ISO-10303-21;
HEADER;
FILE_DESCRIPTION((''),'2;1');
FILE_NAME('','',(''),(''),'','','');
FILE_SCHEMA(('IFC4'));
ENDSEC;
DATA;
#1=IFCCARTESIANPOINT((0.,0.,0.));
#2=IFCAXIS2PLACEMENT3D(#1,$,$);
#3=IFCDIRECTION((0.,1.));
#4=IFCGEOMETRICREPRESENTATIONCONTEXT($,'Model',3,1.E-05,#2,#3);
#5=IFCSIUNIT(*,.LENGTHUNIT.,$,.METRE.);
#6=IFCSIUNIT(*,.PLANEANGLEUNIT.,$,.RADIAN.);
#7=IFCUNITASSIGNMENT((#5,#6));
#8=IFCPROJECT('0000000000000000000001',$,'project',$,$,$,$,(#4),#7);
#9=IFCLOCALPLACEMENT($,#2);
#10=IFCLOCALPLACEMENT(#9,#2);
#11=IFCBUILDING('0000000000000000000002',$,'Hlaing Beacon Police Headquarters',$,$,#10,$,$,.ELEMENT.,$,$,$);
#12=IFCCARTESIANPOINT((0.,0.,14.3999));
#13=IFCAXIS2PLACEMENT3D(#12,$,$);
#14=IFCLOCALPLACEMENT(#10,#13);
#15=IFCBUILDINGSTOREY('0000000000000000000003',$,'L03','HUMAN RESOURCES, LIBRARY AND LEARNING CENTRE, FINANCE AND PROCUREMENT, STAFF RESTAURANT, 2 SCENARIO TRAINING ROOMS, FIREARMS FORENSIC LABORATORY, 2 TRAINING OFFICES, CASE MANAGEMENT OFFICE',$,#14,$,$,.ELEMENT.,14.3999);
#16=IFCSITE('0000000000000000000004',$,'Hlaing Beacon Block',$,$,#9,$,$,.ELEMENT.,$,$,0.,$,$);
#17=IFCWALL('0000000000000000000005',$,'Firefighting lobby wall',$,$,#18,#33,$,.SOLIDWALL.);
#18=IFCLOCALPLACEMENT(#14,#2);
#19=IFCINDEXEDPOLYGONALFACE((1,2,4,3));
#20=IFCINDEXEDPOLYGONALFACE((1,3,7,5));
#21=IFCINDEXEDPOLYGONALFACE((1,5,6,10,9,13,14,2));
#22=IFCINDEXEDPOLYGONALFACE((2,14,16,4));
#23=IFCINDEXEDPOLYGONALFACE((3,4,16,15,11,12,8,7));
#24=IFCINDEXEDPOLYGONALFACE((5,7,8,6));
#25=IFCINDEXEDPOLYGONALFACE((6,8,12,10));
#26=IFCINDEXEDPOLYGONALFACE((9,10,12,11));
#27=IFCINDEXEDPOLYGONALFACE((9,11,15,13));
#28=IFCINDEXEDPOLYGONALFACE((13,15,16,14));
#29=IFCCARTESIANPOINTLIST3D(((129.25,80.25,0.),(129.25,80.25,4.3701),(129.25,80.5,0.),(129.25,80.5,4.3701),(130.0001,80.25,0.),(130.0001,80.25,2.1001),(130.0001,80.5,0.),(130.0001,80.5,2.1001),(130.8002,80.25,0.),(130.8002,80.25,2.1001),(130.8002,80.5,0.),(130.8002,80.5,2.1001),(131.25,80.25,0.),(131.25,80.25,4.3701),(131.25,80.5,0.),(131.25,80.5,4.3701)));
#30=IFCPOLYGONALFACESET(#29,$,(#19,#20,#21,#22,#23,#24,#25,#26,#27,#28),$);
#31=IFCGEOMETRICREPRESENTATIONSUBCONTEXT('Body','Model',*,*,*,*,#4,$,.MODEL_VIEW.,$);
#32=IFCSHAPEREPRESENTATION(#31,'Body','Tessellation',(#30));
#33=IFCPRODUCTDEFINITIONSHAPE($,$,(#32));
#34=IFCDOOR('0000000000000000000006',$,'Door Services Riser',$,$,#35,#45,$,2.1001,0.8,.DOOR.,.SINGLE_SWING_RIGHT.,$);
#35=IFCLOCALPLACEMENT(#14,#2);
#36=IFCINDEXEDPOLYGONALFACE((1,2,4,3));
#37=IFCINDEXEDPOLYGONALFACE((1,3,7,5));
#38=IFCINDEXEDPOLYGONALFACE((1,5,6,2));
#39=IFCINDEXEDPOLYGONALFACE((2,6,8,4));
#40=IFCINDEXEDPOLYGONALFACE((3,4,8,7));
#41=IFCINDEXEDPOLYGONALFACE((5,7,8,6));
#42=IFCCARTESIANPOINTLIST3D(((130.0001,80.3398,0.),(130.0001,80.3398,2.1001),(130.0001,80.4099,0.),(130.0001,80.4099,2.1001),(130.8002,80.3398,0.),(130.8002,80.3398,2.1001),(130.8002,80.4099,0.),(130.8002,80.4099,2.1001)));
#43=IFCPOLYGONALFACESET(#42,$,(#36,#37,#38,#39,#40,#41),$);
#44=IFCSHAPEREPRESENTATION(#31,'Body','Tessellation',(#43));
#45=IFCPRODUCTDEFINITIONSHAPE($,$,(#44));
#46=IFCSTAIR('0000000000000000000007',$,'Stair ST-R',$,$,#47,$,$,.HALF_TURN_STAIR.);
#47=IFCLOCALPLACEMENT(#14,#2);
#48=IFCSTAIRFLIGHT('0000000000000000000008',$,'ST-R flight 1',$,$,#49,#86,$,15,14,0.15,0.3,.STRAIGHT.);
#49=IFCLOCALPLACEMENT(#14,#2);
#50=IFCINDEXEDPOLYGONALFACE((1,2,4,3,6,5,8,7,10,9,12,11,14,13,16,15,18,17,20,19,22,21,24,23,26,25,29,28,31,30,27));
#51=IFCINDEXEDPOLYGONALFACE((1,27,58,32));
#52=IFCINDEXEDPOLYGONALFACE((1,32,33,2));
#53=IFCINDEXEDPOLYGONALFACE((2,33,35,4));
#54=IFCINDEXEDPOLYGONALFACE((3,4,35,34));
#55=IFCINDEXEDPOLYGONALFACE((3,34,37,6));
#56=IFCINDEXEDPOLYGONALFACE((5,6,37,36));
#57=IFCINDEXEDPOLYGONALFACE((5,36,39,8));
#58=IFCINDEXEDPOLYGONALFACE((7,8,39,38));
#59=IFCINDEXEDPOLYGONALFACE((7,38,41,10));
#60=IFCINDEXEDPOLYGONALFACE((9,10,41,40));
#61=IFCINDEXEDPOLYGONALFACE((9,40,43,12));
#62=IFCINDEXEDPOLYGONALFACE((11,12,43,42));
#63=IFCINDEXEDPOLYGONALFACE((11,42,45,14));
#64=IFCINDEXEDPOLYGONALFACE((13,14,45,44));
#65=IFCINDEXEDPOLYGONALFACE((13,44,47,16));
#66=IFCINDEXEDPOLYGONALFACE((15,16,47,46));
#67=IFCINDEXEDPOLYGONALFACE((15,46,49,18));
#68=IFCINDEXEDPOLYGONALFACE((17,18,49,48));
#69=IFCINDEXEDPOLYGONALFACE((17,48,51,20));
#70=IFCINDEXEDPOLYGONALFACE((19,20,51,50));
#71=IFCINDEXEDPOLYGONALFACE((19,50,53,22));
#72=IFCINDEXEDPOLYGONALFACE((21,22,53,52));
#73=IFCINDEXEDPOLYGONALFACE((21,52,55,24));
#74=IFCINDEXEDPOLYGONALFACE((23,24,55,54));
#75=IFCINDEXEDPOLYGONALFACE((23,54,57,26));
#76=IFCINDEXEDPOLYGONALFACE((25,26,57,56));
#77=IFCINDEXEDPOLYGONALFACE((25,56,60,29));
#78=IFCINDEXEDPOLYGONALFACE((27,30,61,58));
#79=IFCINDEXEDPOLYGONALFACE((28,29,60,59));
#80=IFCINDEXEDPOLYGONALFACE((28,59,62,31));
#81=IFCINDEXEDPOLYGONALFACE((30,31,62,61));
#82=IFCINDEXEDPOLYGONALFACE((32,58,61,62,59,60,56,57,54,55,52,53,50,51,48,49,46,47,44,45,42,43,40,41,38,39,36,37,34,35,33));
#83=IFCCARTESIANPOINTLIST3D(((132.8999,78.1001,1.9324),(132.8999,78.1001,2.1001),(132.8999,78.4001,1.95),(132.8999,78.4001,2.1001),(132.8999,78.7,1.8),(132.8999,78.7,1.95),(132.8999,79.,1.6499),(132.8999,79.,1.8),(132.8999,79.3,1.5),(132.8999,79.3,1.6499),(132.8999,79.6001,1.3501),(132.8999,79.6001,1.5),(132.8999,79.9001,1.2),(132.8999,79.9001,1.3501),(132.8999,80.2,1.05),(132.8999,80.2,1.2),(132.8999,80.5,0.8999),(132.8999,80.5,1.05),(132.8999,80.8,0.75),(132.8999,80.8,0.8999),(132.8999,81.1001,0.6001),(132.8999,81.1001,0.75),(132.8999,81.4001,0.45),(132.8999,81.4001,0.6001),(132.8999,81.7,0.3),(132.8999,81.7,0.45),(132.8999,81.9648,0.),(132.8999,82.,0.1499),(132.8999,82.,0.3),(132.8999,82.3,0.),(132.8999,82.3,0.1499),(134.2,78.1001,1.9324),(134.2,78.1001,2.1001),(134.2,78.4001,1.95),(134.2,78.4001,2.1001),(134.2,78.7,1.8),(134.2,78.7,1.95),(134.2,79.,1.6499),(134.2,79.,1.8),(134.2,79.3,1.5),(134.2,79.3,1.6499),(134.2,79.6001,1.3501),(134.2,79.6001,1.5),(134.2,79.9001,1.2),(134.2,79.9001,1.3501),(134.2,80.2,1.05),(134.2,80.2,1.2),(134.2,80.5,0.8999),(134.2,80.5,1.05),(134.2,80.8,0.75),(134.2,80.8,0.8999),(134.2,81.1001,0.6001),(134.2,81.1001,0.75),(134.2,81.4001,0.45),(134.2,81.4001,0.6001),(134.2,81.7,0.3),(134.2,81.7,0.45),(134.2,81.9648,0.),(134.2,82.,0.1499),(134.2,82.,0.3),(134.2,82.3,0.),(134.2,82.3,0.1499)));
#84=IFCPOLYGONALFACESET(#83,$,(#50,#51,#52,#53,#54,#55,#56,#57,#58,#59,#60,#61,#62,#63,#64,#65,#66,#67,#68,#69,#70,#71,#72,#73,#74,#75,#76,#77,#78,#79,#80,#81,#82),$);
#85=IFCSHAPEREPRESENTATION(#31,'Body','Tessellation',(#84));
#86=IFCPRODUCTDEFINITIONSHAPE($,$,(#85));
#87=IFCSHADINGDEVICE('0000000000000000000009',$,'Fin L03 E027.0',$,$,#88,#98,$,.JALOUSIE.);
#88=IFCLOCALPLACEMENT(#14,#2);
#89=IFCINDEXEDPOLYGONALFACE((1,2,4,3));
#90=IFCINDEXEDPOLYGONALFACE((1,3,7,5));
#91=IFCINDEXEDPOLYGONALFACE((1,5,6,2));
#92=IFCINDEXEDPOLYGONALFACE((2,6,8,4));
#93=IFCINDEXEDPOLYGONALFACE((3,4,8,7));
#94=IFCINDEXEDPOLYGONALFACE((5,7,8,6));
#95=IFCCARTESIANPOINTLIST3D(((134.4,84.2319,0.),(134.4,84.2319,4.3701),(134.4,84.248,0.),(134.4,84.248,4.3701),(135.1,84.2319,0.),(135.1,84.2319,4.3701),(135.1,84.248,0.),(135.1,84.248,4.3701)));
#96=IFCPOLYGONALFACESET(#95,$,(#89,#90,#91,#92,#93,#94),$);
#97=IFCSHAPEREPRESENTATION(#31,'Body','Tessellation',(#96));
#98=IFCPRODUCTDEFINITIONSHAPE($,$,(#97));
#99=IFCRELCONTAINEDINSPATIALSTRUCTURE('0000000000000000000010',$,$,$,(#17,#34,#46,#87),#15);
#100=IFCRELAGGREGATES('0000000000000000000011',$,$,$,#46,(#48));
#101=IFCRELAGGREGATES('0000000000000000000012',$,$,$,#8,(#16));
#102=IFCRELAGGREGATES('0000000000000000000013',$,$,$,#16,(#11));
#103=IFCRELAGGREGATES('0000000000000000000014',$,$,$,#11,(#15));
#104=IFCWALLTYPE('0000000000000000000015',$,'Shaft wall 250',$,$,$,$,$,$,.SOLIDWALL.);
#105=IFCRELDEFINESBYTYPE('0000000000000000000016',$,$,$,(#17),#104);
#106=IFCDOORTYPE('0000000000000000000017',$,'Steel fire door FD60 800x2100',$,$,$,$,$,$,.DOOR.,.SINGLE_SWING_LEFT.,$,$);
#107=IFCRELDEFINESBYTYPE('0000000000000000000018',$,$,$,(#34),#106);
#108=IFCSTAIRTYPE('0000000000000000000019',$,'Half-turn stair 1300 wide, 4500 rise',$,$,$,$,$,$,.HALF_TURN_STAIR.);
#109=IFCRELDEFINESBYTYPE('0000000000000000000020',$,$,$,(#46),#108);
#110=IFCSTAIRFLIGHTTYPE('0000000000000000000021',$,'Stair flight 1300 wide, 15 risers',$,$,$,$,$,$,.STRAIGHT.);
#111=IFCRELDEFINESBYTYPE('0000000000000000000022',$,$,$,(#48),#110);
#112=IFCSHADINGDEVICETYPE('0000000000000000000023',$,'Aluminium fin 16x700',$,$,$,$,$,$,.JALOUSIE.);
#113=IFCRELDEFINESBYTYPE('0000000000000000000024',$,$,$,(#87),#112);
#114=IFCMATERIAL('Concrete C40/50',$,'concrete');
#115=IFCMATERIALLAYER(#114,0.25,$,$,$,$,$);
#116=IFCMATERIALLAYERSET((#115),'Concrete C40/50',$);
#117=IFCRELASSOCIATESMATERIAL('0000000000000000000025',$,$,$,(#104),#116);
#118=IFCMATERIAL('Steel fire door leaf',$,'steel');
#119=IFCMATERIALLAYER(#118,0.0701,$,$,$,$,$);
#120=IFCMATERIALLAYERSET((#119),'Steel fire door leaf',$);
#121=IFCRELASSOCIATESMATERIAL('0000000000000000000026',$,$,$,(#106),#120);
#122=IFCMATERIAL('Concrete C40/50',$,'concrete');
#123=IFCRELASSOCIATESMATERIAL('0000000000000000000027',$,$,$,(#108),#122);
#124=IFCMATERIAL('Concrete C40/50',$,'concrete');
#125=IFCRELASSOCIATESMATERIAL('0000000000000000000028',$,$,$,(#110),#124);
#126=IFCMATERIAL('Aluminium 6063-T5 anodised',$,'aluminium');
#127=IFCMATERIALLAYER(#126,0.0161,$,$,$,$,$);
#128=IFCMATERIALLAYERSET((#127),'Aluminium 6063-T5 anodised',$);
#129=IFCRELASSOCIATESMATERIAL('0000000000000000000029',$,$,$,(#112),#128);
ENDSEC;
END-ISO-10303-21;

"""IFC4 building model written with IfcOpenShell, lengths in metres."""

from ifc_helpers import new_model, si_unit, direction, frame, frame_2d, origin, origin_2d, place, context, subcontext, project, spatial, polyline, rectangle, outline, extrude, material, layer, layer_set, type_object, element, fill, aggregate, save


model = new_model("IFC4")

# Units and contexts
model_context = context("Model", 3, precision=1e-05, world=origin(), true_north=direction((0.0, 1.0)))
body_context = subcontext(model_context, "Body", "Model", "MODEL_VIEW")
ifc_project = project(units=[si_unit("LENGTHUNIT", "METRE"), si_unit("PLANEANGLEUNIT", "RADIAN")], contexts=[model_context])

# Site, building, storey
site_placement = place(None, origin())
site = spatial("IfcSite", under=ifc_project, at=site_placement, Name="Hlaing Beacon Block", CompositionType="ELEMENT", RefElevation=0.0)
building_placement = place(site_placement, origin())
building = spatial("IfcBuilding", under=site, at=building_placement, Name="Hlaing Beacon Police Headquarters", CompositionType="ELEMENT")
storey_placement = place(building_placement, frame((0.0, 0.0, 14.3999)))
storey = spatial("IfcBuildingStorey", under=building, at=storey_placement, Name="L03", Description="HUMAN RESOURCES, LIBRARY AND LEARNING CENTRE, FINANCE AND PROCUREMENT, STAFF RESTAURANT, 2 SCENARIO TRAINING ROOMS, FIREARMS FORENSIC LABORATORY, 2 TRAINING OFFICES, CASE MANAGEMENT OFFICE", CompositionType="ELEMENT", Elevation=14.3999)

# Wall, opening, door
ifc_material_1 = material(Name="Concrete C40/50", Category="concrete")
ifc_layer_1 = layer(ifc_material_1, 0.25)
ifc_layer_set_1 = layer_set([ifc_layer_1], Name="Concrete C40/50")
wall_type = type_object("IfcWallType", Name="Shaft wall 250", PredefinedType="SOLIDWALL", material=ifc_layer_set_1)
wall_1_placement = place(storey_placement, frame((131.25, 80.375, 0.0), z_axis=(0.0, 0.0, 1.0), x_axis=(-1.0, 0.0, 0.0)))
wall_1 = element("IfcWall", 1, at=wall_1_placement, inside=storey, type_object=wall_type, Name="Firefighting lobby wall", PredefinedType="SOLIDWALL", context=body_context, shape_type="SweptSolid", body=[
    extrude(rectangle(XDim=2.0, YDim=0.25, at=frame_2d((1.0, 0.0))), origin(), (0.0, 0.0, 1.0), 4.3701),
])
opening_1_placement = place(wall_1_placement, frame((0.45, 0.0, 0.0)))
opening_1 = element("IfcOpeningElement", 2, at=opening_1_placement, cuts=wall_1, PredefinedType="OPENING", context=body_context, shape_type="SweptSolid", body=[
    extrude(rectangle(XDim=0.8, YDim=2.1001, at=frame_2d((0.3999, 1.05))), frame((0.0, 0.135, 0.0), z_axis=(0.0, -1.0, 0.0), x_axis=(1.0, 0.0, 0.0)), (0.0, 0.0, 1.0), 0.27),
])
ifc_material_2 = material(Name="Steel fire door leaf", Category="steel")
ifc_layer_2 = layer(ifc_material_2, 0.0701)
ifc_layer_set_2 = layer_set([ifc_layer_2], Name="Steel fire door leaf")
door_type_1 = type_object("IfcDoorType", Name="Steel fire door FD60 800x2100", OperationType="SINGLE_SWING_LEFT", PredefinedType="DOOR", material=ifc_layer_set_2)
door_1_placement = place(opening_1_placement, origin())
door_1 = element("IfcDoor", 3, at=door_1_placement, inside=storey, type_object=door_type_1, Name="Door Services Riser", OperationType="SINGLE_SWING_RIGHT", OverallHeight=2.1001, OverallWidth=0.8, PredefinedType="DOOR", context=body_context, shape_type="SweptSolid", body=[
    extrude(rectangle(XDim=0.8, YDim=2.1001, at=frame_2d((0.3999, 1.05))), frame((0.0, 0.0352, 0.0), z_axis=(0.0, -1.0, 0.0), x_axis=(1.0, 0.0, 0.0)), (0.0, 0.0, 1.0), 0.0701),
])
fill(opening_1, door_1)

# Stair, stair flight
ifc_material_3 = material(Name="Concrete C40/50", Category="concrete")
stair_type = type_object("IfcStairType", Name="Half-turn stair 1300 wide, 4500 rise", PredefinedType="HALF_TURN_STAIR", material=ifc_material_3)
stair_placement = place(storey_placement, origin())
stair = element("IfcStair", 4, at=stair_placement, inside=storey, type_object=stair_type, Name="Stair ST-R", PredefinedType="HALF_TURN_STAIR")
ifc_material_4 = material(Name="Concrete C40/50", Category="concrete")
stair_flight_type = type_object("IfcStairFlightType", Name="Stair flight 1300 wide, 15 risers", PredefinedType="STRAIGHT", material=ifc_material_4)
stair_flight_placement = place(storey_placement, frame((133.55, 82.3, 0.0), z_axis=(0.0, 0.0, 1.0), x_axis=(0.0, -1.0, 0.0)))
stair_flight = element("IfcStairFlight", 5, at=stair_flight_placement, type_object=stair_flight_type, Name="ST-R flight 1", NumberOfRisers=15, NumberOfTreads=14, PredefinedType="STRAIGHT", RiserHeight=0.15, TreadLength=0.3, context=body_context, shape_type="SweptSolid", body=[
    extrude(outline(polyline([(0.0, 0.0), (0.0, 0.1499), (0.3, 0.1499), (0.3, 0.3), (0.6001, 0.3), (0.6001, 0.45), (0.8999, 0.45), (0.8999, 0.6001), (1.2, 0.6001), (1.2, 0.75), (1.5, 0.75), (1.5, 0.8999), (1.8, 0.8999), (1.8, 1.05), (2.1001, 1.05), (2.1001, 1.2), (2.3999, 1.2), (2.3999, 1.3501), (2.7, 1.3501), (2.7, 1.5), (3.0, 1.5), (3.0, 1.6499), (3.3, 1.6499), (3.3, 1.8), (3.6001, 1.8), (3.6001, 1.95), (3.8999, 1.95), (3.8999, 2.1001), (4.2, 2.1001), (4.2, 2.25), (4.2, 1.9324), (0.3352, 0.0), (0.0, 0.0)])), frame((0.0, 0.6499, 0.0), z_axis=(0.0, -1.0, 0.0), x_axis=(1.0, 0.0, 0.0)), (0.0, 0.0, 1.0), 1.3),
])
aggregate(stair, [stair_flight])

# Shading device
ifc_material_5 = material(Name="Aluminium 6063-T5 anodised", Category="aluminium")
ifc_layer_3 = layer(ifc_material_5, 0.0161)
ifc_layer_set_3 = layer_set([ifc_layer_3], Name="Aluminium 6063-T5 anodised")
shading_device_type = type_object("IfcShadingDeviceType", Name="Aluminium fin 16x700", PredefinedType="JALOUSIE", material=ifc_layer_set_3)
shading_device_placement = place(storey_placement, frame((134.75, 84.24, 0.0), z_axis=(0.0, 0.0, 1.0), x_axis=(0.0, 1.0, 0.0)))
element("IfcShadingDevice", 6, at=shading_device_placement, inside=storey, type_object=shading_device_type, Name="Fin L03 E027.0", PredefinedType="JALOUSIE", context=body_context, shape_type="SweptSolid", body=[
    extrude(rectangle(XDim=0.0161, YDim=0.7, at=origin_2d()), origin(), (0.0, 0.0, 1.0), 4.3701),
])

save(model, "model.ifc")
